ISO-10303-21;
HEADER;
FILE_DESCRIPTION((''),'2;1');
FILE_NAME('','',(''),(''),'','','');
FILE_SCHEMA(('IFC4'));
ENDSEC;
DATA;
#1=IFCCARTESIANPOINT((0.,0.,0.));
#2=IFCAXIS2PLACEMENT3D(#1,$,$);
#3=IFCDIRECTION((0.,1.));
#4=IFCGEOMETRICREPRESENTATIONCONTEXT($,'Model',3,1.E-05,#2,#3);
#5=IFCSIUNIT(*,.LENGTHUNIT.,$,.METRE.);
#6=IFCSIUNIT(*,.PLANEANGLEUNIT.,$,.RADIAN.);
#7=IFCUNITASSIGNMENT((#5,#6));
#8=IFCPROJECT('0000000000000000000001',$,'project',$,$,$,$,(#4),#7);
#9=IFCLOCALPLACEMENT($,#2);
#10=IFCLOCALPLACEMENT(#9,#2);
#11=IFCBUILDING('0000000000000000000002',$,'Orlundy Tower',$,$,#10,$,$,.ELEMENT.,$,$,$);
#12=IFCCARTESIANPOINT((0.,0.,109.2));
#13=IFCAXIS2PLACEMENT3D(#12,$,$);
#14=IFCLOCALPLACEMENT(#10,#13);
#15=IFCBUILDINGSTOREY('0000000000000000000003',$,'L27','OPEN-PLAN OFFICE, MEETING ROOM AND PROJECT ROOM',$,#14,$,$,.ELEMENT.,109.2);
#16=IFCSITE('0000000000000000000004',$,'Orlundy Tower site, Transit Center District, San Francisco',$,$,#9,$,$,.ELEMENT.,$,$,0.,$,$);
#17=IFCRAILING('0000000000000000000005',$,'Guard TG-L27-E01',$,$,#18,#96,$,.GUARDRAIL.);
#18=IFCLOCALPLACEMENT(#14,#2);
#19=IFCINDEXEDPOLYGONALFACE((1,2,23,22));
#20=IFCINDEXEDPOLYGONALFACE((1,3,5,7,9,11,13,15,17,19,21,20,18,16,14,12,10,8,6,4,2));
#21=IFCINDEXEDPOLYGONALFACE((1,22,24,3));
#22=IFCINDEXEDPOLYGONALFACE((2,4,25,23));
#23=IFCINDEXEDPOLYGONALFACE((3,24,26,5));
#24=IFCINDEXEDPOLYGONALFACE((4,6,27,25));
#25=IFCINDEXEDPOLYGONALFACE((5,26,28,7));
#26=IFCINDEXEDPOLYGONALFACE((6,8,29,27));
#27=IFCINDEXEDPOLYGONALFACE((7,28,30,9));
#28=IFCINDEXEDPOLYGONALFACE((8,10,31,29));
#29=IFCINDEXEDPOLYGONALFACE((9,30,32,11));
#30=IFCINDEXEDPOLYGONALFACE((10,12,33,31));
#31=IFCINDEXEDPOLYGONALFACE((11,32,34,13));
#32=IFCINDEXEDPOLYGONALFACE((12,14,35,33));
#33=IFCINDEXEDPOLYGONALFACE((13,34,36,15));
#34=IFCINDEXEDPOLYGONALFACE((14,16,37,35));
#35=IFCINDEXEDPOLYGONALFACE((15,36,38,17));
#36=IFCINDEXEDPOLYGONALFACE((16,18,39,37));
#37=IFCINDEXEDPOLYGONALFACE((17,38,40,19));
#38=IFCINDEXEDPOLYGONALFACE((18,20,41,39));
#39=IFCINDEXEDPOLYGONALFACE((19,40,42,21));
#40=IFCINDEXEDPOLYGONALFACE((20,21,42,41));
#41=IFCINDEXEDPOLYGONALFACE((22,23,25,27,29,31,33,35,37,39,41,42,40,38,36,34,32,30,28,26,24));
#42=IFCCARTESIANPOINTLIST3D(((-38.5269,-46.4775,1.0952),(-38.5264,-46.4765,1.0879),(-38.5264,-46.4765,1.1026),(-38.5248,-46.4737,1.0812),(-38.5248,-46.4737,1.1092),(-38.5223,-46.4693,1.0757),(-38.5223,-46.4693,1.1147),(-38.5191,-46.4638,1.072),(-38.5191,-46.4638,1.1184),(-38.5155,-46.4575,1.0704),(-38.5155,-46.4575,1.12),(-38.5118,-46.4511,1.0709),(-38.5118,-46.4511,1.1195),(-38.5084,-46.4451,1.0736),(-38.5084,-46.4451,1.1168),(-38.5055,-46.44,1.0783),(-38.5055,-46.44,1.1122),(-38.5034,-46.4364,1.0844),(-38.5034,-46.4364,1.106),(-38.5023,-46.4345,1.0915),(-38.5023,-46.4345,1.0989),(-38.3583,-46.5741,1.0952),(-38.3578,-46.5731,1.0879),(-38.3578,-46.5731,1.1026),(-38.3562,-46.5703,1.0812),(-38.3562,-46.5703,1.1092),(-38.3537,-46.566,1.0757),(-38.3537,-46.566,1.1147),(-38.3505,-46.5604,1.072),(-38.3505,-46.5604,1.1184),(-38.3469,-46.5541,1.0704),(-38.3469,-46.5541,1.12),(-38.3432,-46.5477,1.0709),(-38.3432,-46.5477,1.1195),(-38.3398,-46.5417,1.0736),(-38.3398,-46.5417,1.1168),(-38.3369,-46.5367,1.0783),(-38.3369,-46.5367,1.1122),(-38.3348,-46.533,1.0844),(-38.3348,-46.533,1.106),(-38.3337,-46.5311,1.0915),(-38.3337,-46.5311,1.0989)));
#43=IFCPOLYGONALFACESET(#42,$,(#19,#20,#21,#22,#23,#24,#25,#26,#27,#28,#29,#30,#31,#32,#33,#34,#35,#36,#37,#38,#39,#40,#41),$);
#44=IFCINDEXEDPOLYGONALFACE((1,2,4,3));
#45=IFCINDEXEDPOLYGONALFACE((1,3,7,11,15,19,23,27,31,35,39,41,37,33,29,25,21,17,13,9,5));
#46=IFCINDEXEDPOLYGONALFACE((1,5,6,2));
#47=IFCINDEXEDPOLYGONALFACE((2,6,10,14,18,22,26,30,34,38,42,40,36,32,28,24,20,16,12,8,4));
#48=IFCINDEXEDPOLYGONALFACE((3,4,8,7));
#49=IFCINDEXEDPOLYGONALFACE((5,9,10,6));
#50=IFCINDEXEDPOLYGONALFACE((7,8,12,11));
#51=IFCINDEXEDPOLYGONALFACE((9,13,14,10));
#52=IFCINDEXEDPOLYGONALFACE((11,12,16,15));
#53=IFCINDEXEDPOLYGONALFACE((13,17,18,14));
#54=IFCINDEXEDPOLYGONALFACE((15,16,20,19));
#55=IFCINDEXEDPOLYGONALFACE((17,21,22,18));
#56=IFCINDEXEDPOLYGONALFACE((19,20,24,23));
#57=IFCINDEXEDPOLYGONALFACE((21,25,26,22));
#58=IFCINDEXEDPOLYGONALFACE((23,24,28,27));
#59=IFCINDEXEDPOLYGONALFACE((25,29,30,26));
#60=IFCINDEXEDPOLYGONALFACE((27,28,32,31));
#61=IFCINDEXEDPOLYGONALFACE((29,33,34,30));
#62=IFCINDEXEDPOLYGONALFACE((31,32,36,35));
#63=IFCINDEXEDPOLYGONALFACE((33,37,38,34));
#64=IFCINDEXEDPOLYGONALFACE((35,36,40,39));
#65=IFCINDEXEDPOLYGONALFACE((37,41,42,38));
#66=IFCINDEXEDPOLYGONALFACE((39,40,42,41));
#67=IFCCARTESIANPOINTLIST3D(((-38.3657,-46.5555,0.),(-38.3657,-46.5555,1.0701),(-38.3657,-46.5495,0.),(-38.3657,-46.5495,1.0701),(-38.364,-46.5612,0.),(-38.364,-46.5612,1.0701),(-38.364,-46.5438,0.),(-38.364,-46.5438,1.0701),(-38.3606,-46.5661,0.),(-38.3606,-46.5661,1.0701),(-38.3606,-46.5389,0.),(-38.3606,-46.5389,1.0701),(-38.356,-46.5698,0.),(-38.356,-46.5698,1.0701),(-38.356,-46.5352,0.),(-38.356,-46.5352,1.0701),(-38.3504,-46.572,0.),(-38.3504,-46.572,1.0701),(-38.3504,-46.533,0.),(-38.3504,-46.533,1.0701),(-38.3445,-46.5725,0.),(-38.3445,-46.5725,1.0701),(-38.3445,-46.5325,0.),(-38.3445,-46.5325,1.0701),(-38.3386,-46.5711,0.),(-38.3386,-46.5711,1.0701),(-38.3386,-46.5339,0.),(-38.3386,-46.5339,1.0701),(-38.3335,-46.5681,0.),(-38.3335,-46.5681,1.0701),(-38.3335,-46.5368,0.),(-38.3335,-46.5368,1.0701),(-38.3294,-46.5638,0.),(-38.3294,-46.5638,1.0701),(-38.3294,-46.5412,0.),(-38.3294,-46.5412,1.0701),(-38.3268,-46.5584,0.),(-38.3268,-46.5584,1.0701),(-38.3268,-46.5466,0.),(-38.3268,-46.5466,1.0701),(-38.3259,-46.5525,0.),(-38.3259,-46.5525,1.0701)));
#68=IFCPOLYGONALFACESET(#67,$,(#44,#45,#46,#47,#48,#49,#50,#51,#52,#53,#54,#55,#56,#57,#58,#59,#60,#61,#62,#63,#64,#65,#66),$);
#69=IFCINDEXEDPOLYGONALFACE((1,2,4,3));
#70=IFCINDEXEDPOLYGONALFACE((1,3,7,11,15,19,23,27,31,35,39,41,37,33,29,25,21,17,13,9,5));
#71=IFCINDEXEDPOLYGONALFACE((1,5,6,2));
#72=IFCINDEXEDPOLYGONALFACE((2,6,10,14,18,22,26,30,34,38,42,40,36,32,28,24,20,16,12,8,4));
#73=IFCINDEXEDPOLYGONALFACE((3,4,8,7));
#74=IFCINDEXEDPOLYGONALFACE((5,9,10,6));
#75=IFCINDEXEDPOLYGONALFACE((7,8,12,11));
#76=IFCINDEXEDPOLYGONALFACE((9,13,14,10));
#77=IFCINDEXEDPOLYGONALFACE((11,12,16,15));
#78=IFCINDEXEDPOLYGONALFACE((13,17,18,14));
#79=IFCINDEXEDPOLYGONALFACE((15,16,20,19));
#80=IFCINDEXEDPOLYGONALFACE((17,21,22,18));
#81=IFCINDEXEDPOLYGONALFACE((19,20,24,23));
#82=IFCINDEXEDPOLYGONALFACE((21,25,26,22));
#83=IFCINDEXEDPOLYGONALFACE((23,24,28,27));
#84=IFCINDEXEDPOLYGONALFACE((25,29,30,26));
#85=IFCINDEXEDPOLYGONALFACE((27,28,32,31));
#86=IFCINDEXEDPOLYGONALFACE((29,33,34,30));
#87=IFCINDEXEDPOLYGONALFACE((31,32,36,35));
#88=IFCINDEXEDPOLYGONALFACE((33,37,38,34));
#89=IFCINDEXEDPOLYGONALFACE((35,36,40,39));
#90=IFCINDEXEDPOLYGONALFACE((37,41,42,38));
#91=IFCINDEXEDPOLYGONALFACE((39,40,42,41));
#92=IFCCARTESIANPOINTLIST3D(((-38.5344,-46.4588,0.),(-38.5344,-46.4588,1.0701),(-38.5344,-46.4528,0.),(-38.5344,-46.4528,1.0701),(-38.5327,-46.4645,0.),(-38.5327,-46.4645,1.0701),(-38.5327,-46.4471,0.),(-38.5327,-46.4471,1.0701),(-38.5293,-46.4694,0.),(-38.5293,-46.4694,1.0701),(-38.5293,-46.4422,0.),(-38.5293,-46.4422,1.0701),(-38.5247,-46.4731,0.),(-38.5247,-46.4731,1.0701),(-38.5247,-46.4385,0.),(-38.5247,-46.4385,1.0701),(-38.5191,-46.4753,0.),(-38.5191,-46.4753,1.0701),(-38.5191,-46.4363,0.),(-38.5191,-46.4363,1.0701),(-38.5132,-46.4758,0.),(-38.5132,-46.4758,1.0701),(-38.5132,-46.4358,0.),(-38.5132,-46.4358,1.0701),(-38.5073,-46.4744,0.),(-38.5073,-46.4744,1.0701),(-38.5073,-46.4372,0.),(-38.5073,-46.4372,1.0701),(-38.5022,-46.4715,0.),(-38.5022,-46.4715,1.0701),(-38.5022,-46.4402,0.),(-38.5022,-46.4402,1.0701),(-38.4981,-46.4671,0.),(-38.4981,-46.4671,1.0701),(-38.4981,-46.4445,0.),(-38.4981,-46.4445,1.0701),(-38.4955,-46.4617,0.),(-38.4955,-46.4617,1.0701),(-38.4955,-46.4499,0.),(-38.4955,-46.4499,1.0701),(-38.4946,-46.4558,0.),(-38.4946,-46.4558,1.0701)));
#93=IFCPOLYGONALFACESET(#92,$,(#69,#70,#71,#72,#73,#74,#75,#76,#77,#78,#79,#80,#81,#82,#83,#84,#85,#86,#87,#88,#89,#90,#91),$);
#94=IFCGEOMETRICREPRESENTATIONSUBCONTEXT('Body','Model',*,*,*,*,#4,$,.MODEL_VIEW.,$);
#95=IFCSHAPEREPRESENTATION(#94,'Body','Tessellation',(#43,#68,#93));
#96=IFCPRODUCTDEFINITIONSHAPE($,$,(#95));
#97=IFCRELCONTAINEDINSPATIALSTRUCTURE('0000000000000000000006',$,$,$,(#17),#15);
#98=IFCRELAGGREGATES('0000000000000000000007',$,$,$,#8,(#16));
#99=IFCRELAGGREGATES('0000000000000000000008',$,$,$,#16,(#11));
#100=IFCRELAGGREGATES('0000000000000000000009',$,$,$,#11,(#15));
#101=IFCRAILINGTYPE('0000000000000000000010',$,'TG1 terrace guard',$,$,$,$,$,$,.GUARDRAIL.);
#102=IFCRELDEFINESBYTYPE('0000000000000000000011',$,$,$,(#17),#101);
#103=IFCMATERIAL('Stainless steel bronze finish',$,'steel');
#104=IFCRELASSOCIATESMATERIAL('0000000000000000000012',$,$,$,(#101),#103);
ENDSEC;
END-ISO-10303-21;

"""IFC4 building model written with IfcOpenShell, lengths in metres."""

from ifc_helpers import new_model, si_unit, direction, frame, origin, origin_2d, place, context, subcontext, project, spatial, circle, extrude, material, type_object, element, save


model = new_model("IFC4")

# Units and contexts
model_context = context("Model", 3, precision=1e-05, world=origin(), true_north=direction((0.0, 1.0)))
body_context = subcontext(model_context, "Body", "Model", "MODEL_VIEW")
ifc_project = project(units=[si_unit("LENGTHUNIT", "METRE"), si_unit("PLANEANGLEUNIT", "RADIAN")], contexts=[model_context])

# Site, building, storey
site_placement = place(None, origin())
site = spatial("IfcSite", under=ifc_project, at=site_placement, Name="Orlundy Tower site, Transit Center District, San Francisco", CompositionType="ELEMENT", RefElevation=0.0)
building_placement = place(site_placement, origin())
building = spatial("IfcBuilding", under=site, at=building_placement, Name="Orlundy Tower", CompositionType="ELEMENT")
storey_placement = place(building_placement, frame((0.0, 0.0, 109.2)))
storey = spatial("IfcBuildingStorey", under=building, at=storey_placement, Name="L27", Description="OPEN-PLAN OFFICE, MEETING ROOM AND PROJECT ROOM", CompositionType="ELEMENT", Elevation=109.2)

# Railing
ifc_material_1 = material(Name="Stainless steel bronze finish", Category="steel")
railing_type = type_object("IfcRailingType", Name="TG1 terrace guard", PredefinedType="GUARDRAIL", material=ifc_material_1)
railing_placement = place(storey_placement, frame((-38.3459, -46.5525, 0.0)))
element("IfcRailing", 1, at=railing_placement, inside=storey, type_object=railing_type, Name="Guard TG-L27-E01", PredefinedType="GUARDRAIL", context=body_context, shape_type="SweptSolid", body=[
    extrude(circle(Radius=0.0249, at=origin_2d()), frame((0.0, 0.0, 1.0952), z_axis=(-0.867624, 0.49722, 0.0), x_axis=(-0.49722, -0.867624, 0.0)), (0.0, 0.0, 1.0), 0.1943),
    extrude(circle(Radius=0.02, at=origin_2d()), origin(), (0.0, 0.0, 1.0), 1.0701),
    extrude(circle(Radius=0.02, at=origin_2d()), frame((-0.1687, 0.0967, 0.0)), (0.0, 0.0, 1.0), 1.0701),
])

save(model, "model.ifc")
